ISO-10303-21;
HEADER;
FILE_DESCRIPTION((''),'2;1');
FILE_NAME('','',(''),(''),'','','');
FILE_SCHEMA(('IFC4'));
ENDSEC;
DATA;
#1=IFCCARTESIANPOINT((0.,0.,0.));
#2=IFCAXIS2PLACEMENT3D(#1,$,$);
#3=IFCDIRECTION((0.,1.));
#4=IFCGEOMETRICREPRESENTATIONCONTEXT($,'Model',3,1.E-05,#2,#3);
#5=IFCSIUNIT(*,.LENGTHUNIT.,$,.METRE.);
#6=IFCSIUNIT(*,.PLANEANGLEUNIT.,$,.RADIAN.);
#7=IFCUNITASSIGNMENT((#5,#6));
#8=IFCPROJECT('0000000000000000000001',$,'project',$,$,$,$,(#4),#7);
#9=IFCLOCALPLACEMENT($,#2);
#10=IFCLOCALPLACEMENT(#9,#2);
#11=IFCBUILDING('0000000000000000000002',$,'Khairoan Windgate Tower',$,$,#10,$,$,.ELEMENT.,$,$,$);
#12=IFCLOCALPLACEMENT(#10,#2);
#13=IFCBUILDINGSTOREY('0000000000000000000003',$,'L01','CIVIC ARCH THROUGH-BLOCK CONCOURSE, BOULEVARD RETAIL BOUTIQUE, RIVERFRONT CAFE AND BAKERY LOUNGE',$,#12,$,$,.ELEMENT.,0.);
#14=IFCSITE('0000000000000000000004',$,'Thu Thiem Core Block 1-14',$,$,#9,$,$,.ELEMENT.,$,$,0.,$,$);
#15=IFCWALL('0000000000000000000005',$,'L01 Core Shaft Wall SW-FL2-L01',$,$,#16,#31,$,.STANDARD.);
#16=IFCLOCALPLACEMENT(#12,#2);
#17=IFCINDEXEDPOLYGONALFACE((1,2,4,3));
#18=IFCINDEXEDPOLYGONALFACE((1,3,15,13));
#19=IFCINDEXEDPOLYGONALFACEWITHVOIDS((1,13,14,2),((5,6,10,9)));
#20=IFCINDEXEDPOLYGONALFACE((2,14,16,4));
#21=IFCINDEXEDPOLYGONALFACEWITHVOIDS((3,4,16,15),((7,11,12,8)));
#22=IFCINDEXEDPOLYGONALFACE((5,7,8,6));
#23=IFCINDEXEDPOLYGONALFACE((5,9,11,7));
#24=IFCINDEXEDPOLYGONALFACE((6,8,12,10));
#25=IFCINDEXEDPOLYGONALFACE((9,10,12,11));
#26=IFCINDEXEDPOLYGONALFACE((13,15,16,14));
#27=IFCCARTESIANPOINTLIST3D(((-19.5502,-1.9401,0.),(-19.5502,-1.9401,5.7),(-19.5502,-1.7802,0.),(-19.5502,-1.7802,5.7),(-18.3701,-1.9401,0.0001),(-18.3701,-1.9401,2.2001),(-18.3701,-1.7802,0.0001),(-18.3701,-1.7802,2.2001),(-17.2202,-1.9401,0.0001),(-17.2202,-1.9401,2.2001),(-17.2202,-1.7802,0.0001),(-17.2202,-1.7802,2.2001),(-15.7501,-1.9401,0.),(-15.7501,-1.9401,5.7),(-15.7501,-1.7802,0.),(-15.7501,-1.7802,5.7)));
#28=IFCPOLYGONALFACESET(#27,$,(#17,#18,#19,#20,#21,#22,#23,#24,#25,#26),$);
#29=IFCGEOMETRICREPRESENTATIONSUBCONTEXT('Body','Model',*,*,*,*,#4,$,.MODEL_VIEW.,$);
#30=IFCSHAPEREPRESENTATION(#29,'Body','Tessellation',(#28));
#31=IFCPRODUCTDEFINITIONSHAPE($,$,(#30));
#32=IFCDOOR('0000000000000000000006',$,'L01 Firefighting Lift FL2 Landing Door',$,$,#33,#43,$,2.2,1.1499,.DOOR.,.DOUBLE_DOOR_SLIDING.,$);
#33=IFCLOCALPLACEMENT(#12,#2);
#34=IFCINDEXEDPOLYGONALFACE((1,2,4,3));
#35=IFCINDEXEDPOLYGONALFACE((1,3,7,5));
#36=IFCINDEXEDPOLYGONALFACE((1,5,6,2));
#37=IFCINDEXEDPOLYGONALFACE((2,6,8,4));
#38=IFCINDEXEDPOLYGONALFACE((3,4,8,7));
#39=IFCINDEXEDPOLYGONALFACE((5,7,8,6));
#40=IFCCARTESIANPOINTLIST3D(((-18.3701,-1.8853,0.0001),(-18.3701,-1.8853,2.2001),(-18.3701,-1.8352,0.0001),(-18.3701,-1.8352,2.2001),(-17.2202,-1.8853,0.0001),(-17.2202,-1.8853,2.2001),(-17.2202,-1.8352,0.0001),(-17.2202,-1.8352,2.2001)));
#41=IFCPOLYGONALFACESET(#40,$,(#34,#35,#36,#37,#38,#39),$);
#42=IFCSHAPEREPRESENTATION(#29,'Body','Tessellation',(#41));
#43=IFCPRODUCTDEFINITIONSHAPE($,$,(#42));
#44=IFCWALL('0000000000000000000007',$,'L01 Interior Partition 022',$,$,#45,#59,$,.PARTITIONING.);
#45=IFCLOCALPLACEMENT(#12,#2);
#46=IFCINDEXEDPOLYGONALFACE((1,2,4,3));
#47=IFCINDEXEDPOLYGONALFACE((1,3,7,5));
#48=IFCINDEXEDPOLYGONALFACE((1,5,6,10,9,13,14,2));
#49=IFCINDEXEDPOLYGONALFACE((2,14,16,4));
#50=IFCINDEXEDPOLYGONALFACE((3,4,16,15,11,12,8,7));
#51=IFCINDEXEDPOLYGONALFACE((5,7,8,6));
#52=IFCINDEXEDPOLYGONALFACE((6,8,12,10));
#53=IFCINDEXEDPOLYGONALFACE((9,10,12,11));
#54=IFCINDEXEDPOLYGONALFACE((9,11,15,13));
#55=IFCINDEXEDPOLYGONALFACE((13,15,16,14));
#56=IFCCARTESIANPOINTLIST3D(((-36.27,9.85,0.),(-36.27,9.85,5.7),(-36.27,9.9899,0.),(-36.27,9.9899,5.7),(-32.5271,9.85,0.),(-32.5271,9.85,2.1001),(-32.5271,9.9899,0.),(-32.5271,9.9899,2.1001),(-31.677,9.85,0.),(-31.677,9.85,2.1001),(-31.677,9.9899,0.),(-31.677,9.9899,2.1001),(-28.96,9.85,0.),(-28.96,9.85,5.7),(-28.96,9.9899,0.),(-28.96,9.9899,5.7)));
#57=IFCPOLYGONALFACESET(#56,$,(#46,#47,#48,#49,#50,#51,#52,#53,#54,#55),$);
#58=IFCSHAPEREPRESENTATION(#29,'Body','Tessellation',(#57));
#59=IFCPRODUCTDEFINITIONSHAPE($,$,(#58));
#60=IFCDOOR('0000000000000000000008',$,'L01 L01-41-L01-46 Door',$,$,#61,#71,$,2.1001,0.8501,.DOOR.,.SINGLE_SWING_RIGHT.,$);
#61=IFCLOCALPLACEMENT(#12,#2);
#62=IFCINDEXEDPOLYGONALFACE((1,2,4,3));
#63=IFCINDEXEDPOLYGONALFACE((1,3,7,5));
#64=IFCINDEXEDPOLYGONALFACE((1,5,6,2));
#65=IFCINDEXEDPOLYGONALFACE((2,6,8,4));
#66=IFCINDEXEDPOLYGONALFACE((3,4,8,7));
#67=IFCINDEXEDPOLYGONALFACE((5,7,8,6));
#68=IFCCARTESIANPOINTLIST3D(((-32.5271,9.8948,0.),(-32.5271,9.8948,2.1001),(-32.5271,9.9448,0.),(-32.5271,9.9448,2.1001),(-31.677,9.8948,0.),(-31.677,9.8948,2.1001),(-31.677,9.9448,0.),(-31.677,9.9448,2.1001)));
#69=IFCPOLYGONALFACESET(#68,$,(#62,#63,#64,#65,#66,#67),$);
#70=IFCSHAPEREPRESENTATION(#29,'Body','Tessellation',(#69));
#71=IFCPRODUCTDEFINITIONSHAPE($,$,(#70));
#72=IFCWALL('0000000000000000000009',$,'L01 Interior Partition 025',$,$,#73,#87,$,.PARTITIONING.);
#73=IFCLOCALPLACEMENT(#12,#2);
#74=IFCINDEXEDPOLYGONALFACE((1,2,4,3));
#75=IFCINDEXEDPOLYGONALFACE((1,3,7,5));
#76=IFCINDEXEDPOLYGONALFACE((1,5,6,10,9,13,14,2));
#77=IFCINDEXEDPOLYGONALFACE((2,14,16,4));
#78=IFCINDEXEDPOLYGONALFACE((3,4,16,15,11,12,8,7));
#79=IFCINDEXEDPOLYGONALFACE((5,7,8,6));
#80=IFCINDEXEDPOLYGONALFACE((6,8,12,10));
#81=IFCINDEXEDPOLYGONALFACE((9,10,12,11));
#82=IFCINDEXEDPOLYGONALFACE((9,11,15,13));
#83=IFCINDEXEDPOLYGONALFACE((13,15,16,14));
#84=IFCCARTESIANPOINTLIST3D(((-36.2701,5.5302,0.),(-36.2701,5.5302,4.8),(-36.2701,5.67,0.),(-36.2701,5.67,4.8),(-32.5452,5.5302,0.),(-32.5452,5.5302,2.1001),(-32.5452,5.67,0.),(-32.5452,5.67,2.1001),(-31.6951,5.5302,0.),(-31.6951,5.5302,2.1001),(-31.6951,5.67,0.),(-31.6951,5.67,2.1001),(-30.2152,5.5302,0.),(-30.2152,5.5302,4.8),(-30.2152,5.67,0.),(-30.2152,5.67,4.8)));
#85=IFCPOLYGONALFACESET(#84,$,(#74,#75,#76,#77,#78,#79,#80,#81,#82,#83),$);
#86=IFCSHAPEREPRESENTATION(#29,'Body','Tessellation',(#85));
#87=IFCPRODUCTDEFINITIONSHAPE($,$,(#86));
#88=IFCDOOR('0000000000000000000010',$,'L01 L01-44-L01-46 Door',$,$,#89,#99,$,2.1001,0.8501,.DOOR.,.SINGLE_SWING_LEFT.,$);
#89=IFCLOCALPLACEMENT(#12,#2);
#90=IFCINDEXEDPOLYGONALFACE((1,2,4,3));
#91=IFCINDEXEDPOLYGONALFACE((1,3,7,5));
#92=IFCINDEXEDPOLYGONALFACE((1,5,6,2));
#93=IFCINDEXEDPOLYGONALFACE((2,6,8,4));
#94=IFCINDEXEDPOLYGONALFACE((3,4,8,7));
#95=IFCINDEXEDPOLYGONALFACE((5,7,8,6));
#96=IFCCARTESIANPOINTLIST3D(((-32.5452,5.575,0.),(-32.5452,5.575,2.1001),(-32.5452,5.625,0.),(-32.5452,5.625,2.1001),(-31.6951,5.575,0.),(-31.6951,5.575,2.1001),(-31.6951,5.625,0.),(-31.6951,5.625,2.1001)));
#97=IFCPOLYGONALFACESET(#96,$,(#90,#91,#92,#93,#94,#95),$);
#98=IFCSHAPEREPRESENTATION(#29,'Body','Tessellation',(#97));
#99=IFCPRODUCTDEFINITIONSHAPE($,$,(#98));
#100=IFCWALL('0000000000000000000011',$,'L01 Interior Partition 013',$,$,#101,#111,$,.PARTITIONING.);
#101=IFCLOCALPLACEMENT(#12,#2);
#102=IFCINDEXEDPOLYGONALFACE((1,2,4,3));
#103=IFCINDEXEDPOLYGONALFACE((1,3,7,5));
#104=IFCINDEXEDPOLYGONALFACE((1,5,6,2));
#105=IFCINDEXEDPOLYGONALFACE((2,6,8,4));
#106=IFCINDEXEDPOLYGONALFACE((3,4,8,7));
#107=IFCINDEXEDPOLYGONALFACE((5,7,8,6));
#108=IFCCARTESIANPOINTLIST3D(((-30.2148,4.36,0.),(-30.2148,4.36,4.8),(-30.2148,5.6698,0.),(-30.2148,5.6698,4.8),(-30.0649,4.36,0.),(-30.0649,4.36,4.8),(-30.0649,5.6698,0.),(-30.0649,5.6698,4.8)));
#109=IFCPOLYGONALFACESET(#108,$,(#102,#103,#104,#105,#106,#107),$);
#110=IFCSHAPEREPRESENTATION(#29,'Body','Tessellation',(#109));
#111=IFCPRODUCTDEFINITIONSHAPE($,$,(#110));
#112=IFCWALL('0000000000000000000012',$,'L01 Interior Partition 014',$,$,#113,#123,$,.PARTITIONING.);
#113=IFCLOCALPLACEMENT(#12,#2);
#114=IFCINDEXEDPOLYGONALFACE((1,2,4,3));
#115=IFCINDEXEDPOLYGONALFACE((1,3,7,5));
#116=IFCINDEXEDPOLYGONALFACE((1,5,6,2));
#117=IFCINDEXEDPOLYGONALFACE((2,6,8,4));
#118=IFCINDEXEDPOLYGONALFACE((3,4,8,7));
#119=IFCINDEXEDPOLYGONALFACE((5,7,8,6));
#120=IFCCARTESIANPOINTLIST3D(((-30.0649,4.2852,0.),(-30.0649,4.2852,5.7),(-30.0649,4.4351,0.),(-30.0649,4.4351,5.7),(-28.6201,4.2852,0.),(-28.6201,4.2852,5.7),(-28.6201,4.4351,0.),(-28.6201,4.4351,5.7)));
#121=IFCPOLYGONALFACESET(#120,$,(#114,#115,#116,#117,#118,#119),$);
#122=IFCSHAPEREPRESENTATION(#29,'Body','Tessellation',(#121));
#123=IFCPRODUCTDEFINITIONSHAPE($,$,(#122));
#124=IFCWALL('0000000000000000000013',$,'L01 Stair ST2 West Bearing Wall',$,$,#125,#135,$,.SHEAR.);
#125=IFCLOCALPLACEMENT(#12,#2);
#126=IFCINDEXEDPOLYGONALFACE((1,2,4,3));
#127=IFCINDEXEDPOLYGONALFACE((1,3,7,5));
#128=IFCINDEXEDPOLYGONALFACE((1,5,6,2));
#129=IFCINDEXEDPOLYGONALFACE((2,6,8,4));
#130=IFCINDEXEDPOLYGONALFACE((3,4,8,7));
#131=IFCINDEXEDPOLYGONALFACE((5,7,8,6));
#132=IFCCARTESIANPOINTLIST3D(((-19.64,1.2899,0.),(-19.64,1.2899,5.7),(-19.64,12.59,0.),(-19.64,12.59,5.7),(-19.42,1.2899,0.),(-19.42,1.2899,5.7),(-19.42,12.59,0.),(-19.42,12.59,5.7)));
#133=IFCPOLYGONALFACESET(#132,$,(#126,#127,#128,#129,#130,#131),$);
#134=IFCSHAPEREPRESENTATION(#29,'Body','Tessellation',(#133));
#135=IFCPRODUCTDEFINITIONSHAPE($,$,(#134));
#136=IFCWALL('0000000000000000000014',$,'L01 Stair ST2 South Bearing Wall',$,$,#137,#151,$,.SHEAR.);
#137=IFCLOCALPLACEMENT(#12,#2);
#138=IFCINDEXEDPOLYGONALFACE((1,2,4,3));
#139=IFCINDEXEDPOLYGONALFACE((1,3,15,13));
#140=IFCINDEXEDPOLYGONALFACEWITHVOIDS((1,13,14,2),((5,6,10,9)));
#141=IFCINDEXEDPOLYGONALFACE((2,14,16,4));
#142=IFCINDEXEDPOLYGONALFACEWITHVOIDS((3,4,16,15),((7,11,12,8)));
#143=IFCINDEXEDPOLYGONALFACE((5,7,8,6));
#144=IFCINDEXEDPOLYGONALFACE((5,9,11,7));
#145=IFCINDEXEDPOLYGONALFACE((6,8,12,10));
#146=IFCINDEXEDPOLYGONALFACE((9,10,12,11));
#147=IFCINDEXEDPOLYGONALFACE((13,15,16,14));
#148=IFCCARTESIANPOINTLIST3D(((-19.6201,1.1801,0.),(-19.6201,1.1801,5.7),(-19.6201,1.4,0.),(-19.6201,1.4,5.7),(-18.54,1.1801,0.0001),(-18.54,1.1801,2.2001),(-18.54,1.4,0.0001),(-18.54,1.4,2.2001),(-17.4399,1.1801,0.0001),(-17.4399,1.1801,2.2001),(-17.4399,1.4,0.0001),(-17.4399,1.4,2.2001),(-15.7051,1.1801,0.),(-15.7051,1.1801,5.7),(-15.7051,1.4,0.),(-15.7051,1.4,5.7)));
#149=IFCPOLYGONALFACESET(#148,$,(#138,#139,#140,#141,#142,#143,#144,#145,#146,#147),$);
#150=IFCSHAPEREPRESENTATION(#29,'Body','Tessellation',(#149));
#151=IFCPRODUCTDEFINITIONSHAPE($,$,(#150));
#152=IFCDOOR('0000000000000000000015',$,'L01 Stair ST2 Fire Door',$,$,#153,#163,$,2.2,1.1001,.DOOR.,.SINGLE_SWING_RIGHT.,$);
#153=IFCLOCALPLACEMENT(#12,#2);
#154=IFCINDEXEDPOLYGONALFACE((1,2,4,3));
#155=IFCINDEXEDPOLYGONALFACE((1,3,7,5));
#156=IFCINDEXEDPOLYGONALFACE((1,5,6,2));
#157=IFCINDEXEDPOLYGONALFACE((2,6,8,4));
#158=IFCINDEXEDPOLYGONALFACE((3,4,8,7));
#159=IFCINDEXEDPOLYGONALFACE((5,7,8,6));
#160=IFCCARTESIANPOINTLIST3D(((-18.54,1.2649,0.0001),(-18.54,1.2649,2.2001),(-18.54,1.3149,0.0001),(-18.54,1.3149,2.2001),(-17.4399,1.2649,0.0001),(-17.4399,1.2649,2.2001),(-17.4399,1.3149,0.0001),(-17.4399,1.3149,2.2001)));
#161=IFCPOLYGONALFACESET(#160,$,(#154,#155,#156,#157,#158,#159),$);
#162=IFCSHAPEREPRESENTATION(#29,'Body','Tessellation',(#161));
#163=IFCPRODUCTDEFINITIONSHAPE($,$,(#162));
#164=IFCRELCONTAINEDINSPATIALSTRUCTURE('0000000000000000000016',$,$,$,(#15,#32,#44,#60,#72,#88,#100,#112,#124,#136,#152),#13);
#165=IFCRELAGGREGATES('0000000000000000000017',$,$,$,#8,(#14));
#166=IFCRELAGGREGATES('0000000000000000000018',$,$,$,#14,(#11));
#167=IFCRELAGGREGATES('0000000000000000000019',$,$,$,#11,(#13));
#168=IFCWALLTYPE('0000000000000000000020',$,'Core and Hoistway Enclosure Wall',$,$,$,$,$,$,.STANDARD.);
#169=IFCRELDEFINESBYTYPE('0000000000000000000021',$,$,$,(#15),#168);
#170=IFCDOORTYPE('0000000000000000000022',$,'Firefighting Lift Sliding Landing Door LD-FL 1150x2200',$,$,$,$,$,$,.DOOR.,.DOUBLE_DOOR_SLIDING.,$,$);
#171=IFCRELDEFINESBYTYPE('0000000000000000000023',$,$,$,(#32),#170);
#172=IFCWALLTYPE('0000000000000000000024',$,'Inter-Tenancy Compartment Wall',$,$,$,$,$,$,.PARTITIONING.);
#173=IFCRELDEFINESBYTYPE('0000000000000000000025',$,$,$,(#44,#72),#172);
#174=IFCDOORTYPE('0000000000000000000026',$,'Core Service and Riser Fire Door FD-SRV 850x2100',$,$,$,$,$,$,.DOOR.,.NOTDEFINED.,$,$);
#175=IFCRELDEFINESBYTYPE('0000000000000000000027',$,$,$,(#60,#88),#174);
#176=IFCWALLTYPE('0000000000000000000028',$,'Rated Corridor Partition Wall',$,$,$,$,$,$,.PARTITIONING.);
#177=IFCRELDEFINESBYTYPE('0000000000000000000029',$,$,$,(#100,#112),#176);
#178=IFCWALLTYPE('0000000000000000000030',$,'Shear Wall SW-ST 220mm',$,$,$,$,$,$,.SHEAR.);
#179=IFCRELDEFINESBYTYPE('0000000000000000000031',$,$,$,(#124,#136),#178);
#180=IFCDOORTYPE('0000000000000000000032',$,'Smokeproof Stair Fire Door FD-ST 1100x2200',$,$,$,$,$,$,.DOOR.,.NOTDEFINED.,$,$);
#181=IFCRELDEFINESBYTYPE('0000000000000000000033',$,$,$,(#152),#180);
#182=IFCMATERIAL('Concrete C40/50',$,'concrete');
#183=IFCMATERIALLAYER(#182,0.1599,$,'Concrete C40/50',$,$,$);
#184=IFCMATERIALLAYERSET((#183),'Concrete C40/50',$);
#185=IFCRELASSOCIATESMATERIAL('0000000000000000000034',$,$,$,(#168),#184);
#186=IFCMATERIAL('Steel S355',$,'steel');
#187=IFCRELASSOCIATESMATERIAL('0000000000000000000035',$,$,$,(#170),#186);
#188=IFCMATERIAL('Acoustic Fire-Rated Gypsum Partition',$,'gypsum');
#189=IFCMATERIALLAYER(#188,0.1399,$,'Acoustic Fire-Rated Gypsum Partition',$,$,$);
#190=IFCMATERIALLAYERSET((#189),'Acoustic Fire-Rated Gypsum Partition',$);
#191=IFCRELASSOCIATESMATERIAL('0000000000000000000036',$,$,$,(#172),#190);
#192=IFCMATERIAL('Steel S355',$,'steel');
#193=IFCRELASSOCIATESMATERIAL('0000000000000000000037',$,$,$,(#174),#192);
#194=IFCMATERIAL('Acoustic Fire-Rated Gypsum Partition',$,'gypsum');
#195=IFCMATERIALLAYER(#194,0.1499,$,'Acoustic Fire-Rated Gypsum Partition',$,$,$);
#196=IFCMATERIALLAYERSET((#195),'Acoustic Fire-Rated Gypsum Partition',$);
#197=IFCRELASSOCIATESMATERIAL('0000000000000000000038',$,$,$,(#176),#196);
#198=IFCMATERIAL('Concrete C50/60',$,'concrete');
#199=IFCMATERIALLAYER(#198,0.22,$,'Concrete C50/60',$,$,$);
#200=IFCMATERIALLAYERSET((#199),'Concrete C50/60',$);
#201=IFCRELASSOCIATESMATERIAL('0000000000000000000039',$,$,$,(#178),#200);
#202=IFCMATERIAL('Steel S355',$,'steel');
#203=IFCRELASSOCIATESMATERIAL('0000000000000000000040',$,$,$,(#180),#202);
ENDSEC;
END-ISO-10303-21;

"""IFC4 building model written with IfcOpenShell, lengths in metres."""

from ifc_helpers import new_model, si_unit, direction, frame, frame_2d, origin, place, context, subcontext, project, spatial, rectangle, extrude, material, layer, layer_set, type_object, element, fill, save


model = new_model("IFC4")

# Units and contexts
model_context = context("Model", 3, precision=1e-05, world=origin(), true_north=direction((0.0, 1.0)))
body_context = subcontext(model_context, "Body", "Model", "MODEL_VIEW")
ifc_project = project(units=[si_unit("LENGTHUNIT", "METRE"), si_unit("PLANEANGLEUNIT", "RADIAN")], contexts=[model_context])

# Site, building, storey
site_placement = place(None, origin())
site = spatial("IfcSite", under=ifc_project, at=site_placement, Name="Thu Thiem Core Block 1-14", CompositionType="ELEMENT", RefElevation=0.0)
building_placement = place(site_placement, origin())
building = spatial("IfcBuilding", under=site, at=building_placement, Name="Khairoan Windgate Tower", CompositionType="ELEMENT")
storey_placement = place(building_placement, origin())
storey = spatial("IfcBuildingStorey", under=building, at=storey_placement, Name="L01", Description="CIVIC ARCH THROUGH-BLOCK CONCOURSE, BOULEVARD RETAIL BOUTIQUE, RIVERFRONT CAFE AND BAKERY LOUNGE", CompositionType="ELEMENT", Elevation=0.0)

# Walls, openings, doors
ifc_material_1 = material(Name="Concrete C40/50", Category="concrete")
ifc_layer_1 = layer(ifc_material_1, 0.1599, Name="Concrete C40/50")
ifc_layer_set_1 = layer_set([ifc_layer_1], Name="Concrete C40/50")
wall_type_1 = type_object("IfcWallType", Name="Core and Hoistway Enclosure Wall", PredefinedType="STANDARD", material=ifc_layer_set_1)
wall_1_placement = place(storey_placement, frame((-19.55, -1.8601, 0.0), z_axis=(0.0, 0.0, 1.0), x_axis=(1.0, 0.0, 0.0)))
wall_1 = element("IfcWall", 1, at=wall_1_placement, inside=storey, type_object=wall_type_1, Name="L01 Core Shaft Wall SW-FL2-L01", PredefinedType="STANDARD", context=body_context, shape_type="SweptSolid", body=[
    extrude(rectangle(XDim=3.8, YDim=0.1599, at=frame_2d((1.8999, 0.0))), origin(), (0.0, 0.0, 1.0), 5.7),
])
opening_1_placement = place(wall_1_placement, frame((1.1799, 0.0, 0.0)))
opening_1 = element("IfcOpeningElement", 2, at=opening_1_placement, cuts=wall_1, PredefinedType="OPENING", context=body_context, shape_type="SweptSolid", body=[
    extrude(rectangle(XDim=1.1499, YDim=2.2, at=frame_2d((0.575, 1.1001))), frame((0.0, 0.0898, 0.0), z_axis=(0.0, -1.0, 0.0), x_axis=(1.0, 0.0, 0.0)), (0.0, 0.0, 1.0), 0.1799),
])
ifc_material_2 = material(Name="Steel S355", Category="steel")
door_type_1 = type_object("IfcDoorType", Name="Firefighting Lift Sliding Landing Door LD-FL 1150x2200", OperationType="DOUBLE_DOOR_SLIDING", PredefinedType="DOOR", material=ifc_material_2)
door_1_placement = place(opening_1_placement, origin())
door_1 = element("IfcDoor", 3, at=door_1_placement, inside=storey, type_object=door_type_1, Name="L01 Firefighting Lift FL2 Landing Door", OperationType="DOUBLE_DOOR_SLIDING", OverallHeight=2.2, OverallWidth=1.1499, PredefinedType="DOOR", context=body_context, shape_type="SweptSolid", body=[
    extrude(rectangle(XDim=1.1499, YDim=2.2, at=frame_2d((0.575, 1.1001))), frame((0.0, 0.0249, 0.0), z_axis=(0.0, -1.0, 0.0), x_axis=(1.0, 0.0, 0.0)), (0.0, 0.0, 1.0), 0.05),
])
fill(opening_1, door_1)
ifc_material_3 = material(Name="Acoustic Fire-Rated Gypsum Partition", Category="gypsum")
ifc_layer_2 = layer(ifc_material_3, 0.1399, Name="Acoustic Fire-Rated Gypsum Partition")
ifc_layer_set_2 = layer_set([ifc_layer_2], Name="Acoustic Fire-Rated Gypsum Partition")
wall_type_2 = type_object("IfcWallType", Name="Inter-Tenancy Compartment Wall", PredefinedType="PARTITIONING", material=ifc_layer_set_2)
wall_2_placement = place(storey_placement, frame((-36.27, 9.9199, 0.0), z_axis=(0.0, 0.0, 1.0), x_axis=(1.0, 0.0, 0.0)))
wall_2 = element("IfcWall", 4, at=wall_2_placement, inside=storey, type_object=wall_type_2, Name="L01 Interior Partition 022", PredefinedType="PARTITIONING", context=body_context, shape_type="SweptSolid", body=[
    extrude(rectangle(XDim=7.3101, YDim=0.1399, at=frame_2d((3.655, 0.0))), origin(), (0.0, 0.0, 1.0), 5.7),
])
opening_2_placement = place(wall_2_placement, frame((3.7429, 0.0, 0.0)))
opening_2 = element("IfcOpeningElement", 5, at=opening_2_placement, cuts=wall_2, PredefinedType="OPENING", context=body_context, shape_type="SweptSolid", body=[
    extrude(rectangle(XDim=0.8501, YDim=2.1001, at=frame_2d((0.425, 1.05))), frame((0.0, 0.0798, 0.0), z_axis=(0.0, -1.0, 0.0), x_axis=(1.0, 0.0, 0.0)), (0.0, 0.0, 1.0), 0.1599),
])
ifc_material_4 = material(Name="Steel S355", Category="steel")
door_type_2 = type_object("IfcDoorType", Name="Core Service and Riser Fire Door FD-SRV 850x2100", OperationType="NOTDEFINED", PredefinedType="DOOR", material=ifc_material_4)
door_2_placement = place(opening_2_placement, origin())
door_2 = element("IfcDoor", 6, at=door_2_placement, inside=storey, type_object=door_type_2, Name="L01 L01-41-L01-46 Door", OperationType="SINGLE_SWING_RIGHT", OverallHeight=2.1001, OverallWidth=0.8501, PredefinedType="DOOR", context=body_context, shape_type="SweptSolid", body=[
    extrude(rectangle(XDim=0.8501, YDim=2.1001, at=frame_2d((0.425, 1.05))), frame((0.0, 0.0249, 0.0), z_axis=(0.0, -1.0, 0.0), x_axis=(1.0, 0.0, 0.0)), (0.0, 0.0, 1.0), 0.05),
])
fill(opening_2, door_2)
wall_3_placement = place(storey_placement, frame((-36.27, 5.6001, 0.0), z_axis=(0.0, 0.0, 1.0), x_axis=(1.0, 0.0, 0.0)))
wall_3 = element("IfcWall", 7, at=wall_3_placement, inside=storey, type_object=wall_type_2, Name="L01 Interior Partition 025", PredefinedType="PARTITIONING", context=body_context, shape_type="SweptSolid", body=[
    extrude(rectangle(XDim=6.0549, YDim=0.1399, at=frame_2d((3.0273, 0.0))), origin(), (0.0, 0.0, 1.0), 4.8),
])
opening_3_placement = place(wall_3_placement, frame((3.7249, 0.0, 0.0)))
opening_3 = element("IfcOpeningElement", 8, at=opening_3_placement, cuts=wall_3, PredefinedType="OPENING", context=body_context, shape_type="SweptSolid", body=[
    extrude(rectangle(XDim=0.8501, YDim=2.1001, at=frame_2d((0.425, 1.05))), frame((0.0, 0.0798, 0.0), z_axis=(0.0, -1.0, 0.0), x_axis=(1.0, 0.0, 0.0)), (0.0, 0.0, 1.0), 0.1599),
])
door_3_placement = place(opening_3_placement, origin())
door_3 = element("IfcDoor", 9, at=door_3_placement, inside=storey, type_object=door_type_2, Name="L01 L01-44-L01-46 Door", OperationType="SINGLE_SWING_LEFT", OverallHeight=2.1001, OverallWidth=0.8501, PredefinedType="DOOR", context=body_context, shape_type="SweptSolid", body=[
    extrude(rectangle(XDim=0.8501, YDim=2.1001, at=frame_2d((0.425, 1.05))), frame((0.0, 0.0249, 0.0), z_axis=(0.0, -1.0, 0.0), x_axis=(1.0, 0.0, 0.0)), (0.0, 0.0, 1.0), 0.05),
])
fill(opening_3, door_3)

# Walls
ifc_material_5 = material(Name="Acoustic Fire-Rated Gypsum Partition", Category="gypsum")
ifc_layer_3 = layer(ifc_material_5, 0.1499, Name="Acoustic Fire-Rated Gypsum Partition")
ifc_layer_set_3 = layer_set([ifc_layer_3], Name="Acoustic Fire-Rated Gypsum Partition")
wall_type_3 = type_object("IfcWallType", Name="Rated Corridor Partition Wall", PredefinedType="PARTITIONING", material=ifc_layer_set_3)
wall_4_placement = place(storey_placement, frame((-30.1399, 4.3601, 0.0), z_axis=(0.0, 0.0, 1.0), x_axis=(0.0, 1.0, 0.0)))
element("IfcWall", 10, at=wall_4_placement, inside=storey, type_object=wall_type_3, Name="L01 Interior Partition 013", PredefinedType="PARTITIONING", context=body_context, shape_type="SweptSolid", body=[
    extrude(rectangle(XDim=1.3098, YDim=0.1499, at=frame_2d((0.6548, 0.0))), origin(), (0.0, 0.0, 1.0), 4.8),
])
wall_5_placement = place(storey_placement, frame((-30.0649, 4.3601, 0.0), z_axis=(0.0, 0.0, 1.0), x_axis=(1.0, 0.0, 0.0)))
element("IfcWall", 11, at=wall_5_placement, inside=storey, type_object=wall_type_3, Name="L01 Interior Partition 014", PredefinedType="PARTITIONING", context=body_context, shape_type="SweptSolid", body=[
    extrude(rectangle(XDim=1.4448, YDim=0.1499, at=frame_2d((0.7224, 0.0))), origin(), (0.0, 0.0, 1.0), 5.7),
])
ifc_material_6 = material(Name="Concrete C50/60", Category="concrete")
ifc_layer_4 = layer(ifc_material_6, 0.22, Name="Concrete C50/60")
ifc_layer_set_4 = layer_set([ifc_layer_4], Name="Concrete C50/60")
wall_type_4 = type_object("IfcWallType", Name="Shear Wall SW-ST 220mm", PredefinedType="SHEAR", material=ifc_layer_set_4)
wall_6_placement = place(storey_placement, frame((-19.53, 1.29, 0.0), z_axis=(0.0, 0.0, 1.0), x_axis=(0.0, 1.0, 0.0)))
element("IfcWall", 12, at=wall_6_placement, inside=storey, type_object=wall_type_4, Name="L01 Stair ST2 West Bearing Wall", PredefinedType="SHEAR", context=body_context, shape_type="SweptSolid", body=[
    extrude(rectangle(XDim=11.3, YDim=0.22, at=frame_2d((5.6499, 0.0))), origin(), (0.0, 0.0, 1.0), 5.7),
])

# Wall, opening, door
wall_7_placement = place(storey_placement, frame((-19.6201, 1.29, 0.0), z_axis=(0.0, 0.0, 1.0), x_axis=(1.0, 0.0, 0.0)))
wall_7 = element("IfcWall", 13, at=wall_7_placement, inside=storey, type_object=wall_type_4, Name="L01 Stair ST2 South Bearing Wall", PredefinedType="SHEAR", context=body_context, shape_type="SweptSolid", body=[
    extrude(rectangle(XDim=3.915, YDim=0.22, at=frame_2d((1.9575, 0.0))), origin(), (0.0, 0.0, 1.0), 5.7),
])
opening_4_placement = place(wall_7_placement, frame((1.0801, 0.0, 0.0)))
opening_4 = element("IfcOpeningElement", 14, at=opening_4_placement, cuts=wall_7, PredefinedType="OPENING", context=body_context, shape_type="SweptSolid", body=[
    extrude(rectangle(XDim=1.1001, YDim=2.2, at=frame_2d((0.55, 1.1001))), frame((0.0, 0.1199, 0.0), z_axis=(0.0, -1.0, 0.0), x_axis=(1.0, 0.0, 0.0)), (0.0, 0.0, 1.0), 0.24),
])
ifc_material_7 = material(Name="Steel S355", Category="steel")
door_type_3 = type_object("IfcDoorType", Name="Smokeproof Stair Fire Door FD-ST 1100x2200", OperationType="NOTDEFINED", PredefinedType="DOOR", material=ifc_material_7)
door_4_placement = place(opening_4_placement, origin())
door_4 = element("IfcDoor", 15, at=door_4_placement, inside=storey, type_object=door_type_3, Name="L01 Stair ST2 Fire Door", OperationType="SINGLE_SWING_RIGHT", OverallHeight=2.2, OverallWidth=1.1001, PredefinedType="DOOR", context=body_context, shape_type="SweptSolid", body=[
    extrude(rectangle(XDim=1.1001, YDim=2.2, at=frame_2d((0.55, 1.1001))), frame((0.0, 0.0249, 0.0), z_axis=(0.0, -1.0, 0.0), x_axis=(1.0, 0.0, 0.0)), (0.0, 0.0, 1.0), 0.05),
])
fill(opening_4, door_4)

save(model, "model.ifc")
